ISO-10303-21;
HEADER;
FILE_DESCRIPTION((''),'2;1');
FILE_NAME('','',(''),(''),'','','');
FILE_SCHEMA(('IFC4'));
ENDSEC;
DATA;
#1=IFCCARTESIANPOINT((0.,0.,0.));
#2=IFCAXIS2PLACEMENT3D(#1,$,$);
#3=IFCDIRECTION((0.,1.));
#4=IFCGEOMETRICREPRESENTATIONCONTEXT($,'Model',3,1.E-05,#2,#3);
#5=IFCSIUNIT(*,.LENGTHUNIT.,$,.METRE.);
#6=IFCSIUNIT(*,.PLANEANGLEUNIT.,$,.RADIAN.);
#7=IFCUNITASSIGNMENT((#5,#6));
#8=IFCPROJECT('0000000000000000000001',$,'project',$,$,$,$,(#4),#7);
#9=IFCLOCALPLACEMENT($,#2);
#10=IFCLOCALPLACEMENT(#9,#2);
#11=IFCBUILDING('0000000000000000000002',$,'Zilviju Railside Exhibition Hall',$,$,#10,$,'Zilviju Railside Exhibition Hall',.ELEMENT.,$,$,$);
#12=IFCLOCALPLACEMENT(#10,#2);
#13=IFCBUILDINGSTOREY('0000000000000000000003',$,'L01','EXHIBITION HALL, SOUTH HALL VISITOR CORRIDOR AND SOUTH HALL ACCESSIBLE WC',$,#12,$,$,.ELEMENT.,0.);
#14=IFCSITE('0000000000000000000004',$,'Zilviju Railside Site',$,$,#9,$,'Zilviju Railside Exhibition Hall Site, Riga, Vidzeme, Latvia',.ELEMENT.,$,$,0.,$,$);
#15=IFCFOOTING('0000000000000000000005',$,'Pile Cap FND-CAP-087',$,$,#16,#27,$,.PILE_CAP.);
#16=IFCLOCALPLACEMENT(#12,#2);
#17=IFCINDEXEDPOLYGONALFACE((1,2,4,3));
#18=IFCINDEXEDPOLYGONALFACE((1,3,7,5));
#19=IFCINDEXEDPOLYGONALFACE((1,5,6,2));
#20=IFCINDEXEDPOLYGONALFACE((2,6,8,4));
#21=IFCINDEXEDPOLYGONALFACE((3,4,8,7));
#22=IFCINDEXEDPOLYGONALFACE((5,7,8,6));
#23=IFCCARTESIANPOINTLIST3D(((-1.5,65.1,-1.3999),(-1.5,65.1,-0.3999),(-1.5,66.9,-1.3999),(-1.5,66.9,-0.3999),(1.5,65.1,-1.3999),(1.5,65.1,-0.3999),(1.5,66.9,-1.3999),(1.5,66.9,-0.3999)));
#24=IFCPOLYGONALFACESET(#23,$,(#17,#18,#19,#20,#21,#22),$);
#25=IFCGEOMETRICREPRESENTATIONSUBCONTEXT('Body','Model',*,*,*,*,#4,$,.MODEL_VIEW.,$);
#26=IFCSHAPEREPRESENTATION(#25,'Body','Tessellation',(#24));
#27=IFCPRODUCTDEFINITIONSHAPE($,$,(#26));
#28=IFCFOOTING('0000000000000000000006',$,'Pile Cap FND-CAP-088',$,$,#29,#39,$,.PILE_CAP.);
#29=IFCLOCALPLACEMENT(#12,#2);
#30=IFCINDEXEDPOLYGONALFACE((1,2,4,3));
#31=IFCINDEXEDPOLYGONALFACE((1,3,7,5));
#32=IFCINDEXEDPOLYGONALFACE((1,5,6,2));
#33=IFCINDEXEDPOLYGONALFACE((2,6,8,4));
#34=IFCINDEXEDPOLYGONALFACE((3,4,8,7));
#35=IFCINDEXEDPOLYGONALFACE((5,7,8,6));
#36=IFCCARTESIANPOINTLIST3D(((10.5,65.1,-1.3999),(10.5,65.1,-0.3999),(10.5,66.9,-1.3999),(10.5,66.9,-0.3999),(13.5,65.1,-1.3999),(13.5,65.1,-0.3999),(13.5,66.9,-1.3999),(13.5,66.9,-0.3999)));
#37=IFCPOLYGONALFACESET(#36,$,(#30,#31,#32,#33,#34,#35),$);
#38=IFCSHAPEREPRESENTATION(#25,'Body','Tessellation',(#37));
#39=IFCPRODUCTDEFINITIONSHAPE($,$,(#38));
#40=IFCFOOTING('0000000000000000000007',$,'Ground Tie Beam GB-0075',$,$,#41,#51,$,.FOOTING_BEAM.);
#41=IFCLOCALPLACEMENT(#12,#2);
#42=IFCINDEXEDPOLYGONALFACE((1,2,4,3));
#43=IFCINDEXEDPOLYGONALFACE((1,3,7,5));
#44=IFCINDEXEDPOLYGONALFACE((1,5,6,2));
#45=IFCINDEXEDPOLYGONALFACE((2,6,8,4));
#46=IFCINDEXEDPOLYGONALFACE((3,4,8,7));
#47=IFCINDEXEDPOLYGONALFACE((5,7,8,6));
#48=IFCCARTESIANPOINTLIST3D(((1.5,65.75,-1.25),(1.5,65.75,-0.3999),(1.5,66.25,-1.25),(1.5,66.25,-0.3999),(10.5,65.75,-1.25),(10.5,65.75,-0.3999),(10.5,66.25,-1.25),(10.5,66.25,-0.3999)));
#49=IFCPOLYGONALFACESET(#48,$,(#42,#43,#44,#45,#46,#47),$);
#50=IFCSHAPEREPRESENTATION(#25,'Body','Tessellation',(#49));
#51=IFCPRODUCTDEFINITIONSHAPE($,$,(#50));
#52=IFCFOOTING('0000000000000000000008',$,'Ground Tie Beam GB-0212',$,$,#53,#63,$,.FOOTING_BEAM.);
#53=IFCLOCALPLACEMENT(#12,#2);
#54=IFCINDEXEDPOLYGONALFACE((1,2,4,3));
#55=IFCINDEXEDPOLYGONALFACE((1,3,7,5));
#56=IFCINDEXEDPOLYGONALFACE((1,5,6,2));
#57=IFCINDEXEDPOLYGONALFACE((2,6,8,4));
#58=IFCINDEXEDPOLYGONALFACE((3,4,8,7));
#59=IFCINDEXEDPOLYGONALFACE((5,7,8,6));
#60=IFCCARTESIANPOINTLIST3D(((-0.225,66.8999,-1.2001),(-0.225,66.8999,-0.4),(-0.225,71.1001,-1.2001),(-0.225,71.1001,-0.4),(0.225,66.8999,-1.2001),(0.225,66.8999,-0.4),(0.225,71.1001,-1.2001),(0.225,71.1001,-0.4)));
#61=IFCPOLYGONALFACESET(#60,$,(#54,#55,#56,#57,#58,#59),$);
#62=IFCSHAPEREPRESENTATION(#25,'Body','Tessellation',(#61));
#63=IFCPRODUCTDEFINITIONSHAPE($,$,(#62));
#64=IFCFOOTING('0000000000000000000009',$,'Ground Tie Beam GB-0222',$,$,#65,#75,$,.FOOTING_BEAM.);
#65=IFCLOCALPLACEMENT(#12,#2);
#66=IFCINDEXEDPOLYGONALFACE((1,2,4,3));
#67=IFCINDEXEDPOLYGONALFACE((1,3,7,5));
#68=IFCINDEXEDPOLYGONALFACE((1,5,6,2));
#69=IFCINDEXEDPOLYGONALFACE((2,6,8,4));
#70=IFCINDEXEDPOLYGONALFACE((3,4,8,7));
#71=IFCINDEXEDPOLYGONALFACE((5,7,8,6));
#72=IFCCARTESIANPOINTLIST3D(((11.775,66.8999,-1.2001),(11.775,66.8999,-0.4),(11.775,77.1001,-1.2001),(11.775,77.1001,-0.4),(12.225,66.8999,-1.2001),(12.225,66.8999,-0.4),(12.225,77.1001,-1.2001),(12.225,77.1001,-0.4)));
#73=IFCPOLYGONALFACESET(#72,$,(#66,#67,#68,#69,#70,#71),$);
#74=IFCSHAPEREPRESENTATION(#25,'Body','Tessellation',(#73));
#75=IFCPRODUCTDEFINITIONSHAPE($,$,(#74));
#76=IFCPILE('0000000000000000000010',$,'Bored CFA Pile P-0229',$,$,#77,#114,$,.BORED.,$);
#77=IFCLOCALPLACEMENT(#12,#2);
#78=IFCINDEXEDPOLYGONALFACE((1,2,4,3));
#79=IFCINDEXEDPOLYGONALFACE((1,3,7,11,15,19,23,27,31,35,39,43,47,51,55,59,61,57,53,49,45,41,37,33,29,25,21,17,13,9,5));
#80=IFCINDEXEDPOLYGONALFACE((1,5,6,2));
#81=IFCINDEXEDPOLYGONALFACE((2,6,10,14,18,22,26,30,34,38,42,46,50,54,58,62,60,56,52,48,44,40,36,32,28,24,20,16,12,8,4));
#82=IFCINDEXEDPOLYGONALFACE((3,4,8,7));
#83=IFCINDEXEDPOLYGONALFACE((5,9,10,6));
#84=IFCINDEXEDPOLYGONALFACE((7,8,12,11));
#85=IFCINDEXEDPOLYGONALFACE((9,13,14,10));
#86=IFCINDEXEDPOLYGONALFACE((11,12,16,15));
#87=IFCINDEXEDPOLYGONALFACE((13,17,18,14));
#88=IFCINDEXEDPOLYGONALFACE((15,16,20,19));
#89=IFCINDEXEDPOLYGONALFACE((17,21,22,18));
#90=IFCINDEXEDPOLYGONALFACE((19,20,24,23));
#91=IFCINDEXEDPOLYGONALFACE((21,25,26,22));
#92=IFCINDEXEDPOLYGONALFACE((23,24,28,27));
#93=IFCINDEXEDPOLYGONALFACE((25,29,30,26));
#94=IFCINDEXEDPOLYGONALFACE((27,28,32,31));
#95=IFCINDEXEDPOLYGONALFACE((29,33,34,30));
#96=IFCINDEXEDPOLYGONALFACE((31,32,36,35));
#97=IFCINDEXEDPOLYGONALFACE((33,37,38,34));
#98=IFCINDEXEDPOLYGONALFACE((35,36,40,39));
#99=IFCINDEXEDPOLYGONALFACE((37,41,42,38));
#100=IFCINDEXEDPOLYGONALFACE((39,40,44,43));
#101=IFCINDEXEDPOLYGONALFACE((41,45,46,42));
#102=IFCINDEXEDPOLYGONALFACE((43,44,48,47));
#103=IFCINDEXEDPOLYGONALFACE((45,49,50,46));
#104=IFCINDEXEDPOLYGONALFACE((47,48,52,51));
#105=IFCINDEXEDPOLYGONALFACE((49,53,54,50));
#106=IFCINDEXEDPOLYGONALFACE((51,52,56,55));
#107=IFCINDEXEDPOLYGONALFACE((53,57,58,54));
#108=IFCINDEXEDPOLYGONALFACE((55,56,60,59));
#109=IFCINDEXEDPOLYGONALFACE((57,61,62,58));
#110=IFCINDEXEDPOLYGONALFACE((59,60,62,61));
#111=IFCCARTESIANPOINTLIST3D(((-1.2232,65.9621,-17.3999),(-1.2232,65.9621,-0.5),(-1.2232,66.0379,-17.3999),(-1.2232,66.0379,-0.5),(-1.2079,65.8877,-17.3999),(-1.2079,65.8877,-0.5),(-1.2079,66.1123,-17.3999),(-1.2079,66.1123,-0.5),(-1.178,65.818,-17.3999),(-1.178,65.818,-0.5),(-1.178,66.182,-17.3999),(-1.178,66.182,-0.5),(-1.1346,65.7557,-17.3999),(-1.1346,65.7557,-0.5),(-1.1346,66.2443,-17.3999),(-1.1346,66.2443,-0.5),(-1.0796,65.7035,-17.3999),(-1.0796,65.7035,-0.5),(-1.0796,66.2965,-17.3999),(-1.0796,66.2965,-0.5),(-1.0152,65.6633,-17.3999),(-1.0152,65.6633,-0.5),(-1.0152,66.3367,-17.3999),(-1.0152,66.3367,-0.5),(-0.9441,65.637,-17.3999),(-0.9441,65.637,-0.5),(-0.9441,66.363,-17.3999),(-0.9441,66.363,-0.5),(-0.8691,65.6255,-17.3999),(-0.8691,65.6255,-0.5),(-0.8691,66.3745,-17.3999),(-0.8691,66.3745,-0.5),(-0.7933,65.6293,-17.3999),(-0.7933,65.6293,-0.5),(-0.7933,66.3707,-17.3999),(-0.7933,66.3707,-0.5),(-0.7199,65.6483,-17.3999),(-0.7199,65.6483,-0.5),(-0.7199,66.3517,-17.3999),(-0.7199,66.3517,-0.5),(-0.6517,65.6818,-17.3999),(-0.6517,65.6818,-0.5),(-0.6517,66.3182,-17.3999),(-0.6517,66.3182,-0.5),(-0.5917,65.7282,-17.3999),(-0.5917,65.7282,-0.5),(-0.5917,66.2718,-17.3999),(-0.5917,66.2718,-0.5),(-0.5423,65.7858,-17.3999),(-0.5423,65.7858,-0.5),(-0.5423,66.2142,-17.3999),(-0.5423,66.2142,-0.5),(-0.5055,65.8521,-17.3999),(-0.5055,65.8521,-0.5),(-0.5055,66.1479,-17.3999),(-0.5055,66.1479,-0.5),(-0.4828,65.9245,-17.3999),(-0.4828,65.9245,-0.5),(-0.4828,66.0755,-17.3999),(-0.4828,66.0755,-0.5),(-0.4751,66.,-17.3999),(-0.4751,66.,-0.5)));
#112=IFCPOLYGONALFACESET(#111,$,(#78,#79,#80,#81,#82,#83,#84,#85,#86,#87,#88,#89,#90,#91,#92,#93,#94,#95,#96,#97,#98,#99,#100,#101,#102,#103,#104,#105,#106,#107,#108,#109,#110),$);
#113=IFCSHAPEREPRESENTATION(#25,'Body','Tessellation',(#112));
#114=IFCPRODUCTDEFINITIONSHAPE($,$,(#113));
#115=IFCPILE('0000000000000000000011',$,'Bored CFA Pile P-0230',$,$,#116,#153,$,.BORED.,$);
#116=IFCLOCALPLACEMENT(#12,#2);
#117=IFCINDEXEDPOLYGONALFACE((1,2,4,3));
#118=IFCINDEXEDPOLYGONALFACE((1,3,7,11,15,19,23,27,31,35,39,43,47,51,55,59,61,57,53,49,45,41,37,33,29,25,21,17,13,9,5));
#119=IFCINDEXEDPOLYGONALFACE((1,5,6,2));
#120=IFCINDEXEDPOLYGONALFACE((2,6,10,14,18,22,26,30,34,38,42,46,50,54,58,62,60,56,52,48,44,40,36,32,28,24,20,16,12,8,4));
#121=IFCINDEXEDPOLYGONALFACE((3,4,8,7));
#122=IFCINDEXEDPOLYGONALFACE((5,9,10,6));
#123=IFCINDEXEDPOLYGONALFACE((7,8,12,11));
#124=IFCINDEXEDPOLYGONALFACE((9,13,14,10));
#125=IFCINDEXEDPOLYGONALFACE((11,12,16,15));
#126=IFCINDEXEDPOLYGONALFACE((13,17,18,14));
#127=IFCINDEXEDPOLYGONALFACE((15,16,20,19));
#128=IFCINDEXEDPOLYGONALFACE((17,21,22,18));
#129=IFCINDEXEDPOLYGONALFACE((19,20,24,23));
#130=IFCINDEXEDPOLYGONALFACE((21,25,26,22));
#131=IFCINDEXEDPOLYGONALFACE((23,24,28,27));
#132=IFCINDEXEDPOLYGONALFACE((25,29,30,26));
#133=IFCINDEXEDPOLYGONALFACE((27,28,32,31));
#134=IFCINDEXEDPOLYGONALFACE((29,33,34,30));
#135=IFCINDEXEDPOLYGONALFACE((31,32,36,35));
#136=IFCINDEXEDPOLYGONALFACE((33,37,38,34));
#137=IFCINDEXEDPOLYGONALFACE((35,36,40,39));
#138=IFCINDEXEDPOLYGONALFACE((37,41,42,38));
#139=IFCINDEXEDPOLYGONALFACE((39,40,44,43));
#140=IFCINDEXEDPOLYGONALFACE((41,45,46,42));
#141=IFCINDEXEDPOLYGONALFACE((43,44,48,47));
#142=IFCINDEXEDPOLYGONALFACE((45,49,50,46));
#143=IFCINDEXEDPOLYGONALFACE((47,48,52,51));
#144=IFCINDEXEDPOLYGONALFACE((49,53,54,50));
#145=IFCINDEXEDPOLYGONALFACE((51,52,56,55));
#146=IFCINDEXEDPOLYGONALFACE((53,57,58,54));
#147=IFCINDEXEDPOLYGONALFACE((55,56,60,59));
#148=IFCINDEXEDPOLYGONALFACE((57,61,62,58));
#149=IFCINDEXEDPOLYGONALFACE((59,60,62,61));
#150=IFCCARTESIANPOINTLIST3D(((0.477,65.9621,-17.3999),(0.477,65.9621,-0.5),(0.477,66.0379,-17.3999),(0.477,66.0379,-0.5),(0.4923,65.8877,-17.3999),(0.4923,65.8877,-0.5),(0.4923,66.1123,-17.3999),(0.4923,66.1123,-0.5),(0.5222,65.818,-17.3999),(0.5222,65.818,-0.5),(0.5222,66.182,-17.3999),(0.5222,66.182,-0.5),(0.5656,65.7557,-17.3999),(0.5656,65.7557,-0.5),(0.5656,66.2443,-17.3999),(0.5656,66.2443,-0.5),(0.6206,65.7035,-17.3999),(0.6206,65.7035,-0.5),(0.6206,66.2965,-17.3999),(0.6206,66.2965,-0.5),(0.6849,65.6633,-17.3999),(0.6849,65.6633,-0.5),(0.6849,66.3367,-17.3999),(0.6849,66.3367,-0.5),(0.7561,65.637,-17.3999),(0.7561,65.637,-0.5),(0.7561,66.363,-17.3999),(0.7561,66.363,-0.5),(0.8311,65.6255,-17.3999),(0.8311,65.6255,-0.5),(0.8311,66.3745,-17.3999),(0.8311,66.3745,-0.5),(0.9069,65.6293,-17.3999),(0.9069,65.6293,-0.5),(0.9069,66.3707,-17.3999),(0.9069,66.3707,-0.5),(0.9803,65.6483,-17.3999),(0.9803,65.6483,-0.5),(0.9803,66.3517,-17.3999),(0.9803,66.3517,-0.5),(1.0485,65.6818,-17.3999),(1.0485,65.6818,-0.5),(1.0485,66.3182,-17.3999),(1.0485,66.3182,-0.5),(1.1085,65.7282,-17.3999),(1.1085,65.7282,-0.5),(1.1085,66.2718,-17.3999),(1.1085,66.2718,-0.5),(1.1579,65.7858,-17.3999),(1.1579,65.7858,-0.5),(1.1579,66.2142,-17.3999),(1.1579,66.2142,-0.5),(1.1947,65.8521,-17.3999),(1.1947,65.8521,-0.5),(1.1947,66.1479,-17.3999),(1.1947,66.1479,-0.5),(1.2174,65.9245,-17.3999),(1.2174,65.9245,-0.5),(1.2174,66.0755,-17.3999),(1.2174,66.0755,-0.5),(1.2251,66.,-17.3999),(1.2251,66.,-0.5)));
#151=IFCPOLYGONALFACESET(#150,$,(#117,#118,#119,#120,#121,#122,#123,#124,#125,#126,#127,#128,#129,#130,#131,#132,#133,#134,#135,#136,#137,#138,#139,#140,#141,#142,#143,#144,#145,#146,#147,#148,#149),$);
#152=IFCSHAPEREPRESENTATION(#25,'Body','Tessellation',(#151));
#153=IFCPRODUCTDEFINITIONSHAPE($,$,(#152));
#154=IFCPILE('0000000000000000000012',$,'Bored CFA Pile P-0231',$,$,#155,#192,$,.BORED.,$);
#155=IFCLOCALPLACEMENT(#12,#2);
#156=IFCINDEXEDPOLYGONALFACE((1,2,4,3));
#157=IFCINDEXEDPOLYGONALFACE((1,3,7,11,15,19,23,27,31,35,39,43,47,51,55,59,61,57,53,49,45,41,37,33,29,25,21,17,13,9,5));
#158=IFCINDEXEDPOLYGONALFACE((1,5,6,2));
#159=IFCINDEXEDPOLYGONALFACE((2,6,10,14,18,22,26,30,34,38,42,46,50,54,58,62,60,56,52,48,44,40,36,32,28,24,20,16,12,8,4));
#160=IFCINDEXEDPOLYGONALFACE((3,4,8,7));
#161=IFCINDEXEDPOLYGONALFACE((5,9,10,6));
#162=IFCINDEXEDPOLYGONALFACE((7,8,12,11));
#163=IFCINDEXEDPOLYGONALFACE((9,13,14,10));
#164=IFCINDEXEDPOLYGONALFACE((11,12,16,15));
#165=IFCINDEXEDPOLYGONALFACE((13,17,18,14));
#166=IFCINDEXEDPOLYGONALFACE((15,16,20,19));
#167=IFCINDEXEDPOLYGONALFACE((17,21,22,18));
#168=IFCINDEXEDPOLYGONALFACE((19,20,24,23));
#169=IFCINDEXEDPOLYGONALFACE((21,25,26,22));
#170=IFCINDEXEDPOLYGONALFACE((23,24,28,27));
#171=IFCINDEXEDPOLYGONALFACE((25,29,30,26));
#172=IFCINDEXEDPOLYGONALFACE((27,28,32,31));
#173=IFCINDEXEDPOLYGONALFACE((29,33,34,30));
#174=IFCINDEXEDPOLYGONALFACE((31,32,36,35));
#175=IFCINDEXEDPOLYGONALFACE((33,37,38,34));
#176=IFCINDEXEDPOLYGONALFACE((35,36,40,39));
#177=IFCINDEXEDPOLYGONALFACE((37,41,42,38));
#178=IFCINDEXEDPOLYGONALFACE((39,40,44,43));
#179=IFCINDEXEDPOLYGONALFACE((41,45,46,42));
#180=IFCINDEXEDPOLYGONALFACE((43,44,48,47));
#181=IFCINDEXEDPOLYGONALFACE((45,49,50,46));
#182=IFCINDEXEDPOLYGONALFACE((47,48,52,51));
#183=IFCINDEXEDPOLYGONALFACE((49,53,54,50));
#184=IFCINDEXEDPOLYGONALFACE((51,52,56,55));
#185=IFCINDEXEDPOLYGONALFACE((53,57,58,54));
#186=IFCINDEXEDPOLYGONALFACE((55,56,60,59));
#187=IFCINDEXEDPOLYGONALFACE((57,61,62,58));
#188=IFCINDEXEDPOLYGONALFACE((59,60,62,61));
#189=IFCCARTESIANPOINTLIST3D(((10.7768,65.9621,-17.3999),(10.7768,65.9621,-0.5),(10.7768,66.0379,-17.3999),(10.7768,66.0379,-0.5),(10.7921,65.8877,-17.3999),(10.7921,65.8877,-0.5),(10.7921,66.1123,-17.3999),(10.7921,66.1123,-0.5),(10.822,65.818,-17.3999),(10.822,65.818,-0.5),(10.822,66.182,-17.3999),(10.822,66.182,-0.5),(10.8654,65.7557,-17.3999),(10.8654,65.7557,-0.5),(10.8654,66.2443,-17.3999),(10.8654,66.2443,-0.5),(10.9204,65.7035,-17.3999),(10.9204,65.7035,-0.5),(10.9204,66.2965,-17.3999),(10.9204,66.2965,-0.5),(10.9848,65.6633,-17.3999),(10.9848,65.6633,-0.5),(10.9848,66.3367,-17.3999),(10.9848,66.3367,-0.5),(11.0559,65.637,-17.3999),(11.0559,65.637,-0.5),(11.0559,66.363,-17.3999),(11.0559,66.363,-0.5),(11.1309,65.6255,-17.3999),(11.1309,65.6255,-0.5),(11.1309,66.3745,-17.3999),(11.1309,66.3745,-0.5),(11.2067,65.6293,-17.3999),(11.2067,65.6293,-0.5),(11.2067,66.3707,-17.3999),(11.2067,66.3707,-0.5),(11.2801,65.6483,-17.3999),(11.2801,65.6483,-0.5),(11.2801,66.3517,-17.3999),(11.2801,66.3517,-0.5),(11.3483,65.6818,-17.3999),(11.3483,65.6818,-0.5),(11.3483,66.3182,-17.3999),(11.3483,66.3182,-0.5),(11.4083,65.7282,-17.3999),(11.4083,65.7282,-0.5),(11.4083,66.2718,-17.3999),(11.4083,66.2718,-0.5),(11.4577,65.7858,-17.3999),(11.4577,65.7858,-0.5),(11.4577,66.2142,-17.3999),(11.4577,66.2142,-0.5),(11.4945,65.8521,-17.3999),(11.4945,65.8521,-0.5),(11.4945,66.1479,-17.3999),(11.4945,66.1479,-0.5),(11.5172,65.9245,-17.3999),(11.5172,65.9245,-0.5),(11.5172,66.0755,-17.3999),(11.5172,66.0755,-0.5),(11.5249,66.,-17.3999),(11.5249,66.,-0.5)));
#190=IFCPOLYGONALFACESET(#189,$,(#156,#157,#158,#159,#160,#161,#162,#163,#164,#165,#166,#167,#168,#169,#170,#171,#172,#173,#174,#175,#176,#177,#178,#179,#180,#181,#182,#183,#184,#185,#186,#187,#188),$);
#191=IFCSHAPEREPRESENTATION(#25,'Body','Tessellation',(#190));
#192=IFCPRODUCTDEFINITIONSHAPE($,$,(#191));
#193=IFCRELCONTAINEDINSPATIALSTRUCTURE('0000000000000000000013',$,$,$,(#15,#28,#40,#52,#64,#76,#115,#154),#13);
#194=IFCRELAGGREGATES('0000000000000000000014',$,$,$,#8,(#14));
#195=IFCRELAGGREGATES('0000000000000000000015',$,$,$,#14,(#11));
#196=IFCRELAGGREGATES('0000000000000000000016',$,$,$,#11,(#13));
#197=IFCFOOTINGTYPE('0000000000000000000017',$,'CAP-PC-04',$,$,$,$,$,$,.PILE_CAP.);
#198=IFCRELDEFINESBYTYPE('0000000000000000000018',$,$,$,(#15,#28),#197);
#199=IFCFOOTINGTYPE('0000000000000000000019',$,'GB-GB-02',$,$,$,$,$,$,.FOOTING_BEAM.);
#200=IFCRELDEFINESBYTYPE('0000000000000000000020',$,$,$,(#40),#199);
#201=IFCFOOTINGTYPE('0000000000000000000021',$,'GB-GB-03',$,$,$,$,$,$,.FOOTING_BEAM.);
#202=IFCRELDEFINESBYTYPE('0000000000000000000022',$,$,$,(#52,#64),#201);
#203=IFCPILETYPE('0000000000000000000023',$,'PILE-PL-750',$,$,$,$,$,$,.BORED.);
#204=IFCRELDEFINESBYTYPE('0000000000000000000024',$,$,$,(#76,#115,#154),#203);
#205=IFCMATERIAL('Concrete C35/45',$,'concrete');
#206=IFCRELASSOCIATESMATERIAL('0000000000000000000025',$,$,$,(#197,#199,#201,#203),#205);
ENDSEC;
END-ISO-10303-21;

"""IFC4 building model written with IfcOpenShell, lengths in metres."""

from ifc_helpers import new_model, si_unit, direction, frame, origin, origin_2d, place, context, subcontext, project, spatial, rectangle, circle, extrude, material, material_profile, profile_set, type_object, element, save


model = new_model("IFC4")

# Units and contexts
model_context = context("Model", 3, precision=1e-05, world=origin(), true_north=direction((0.0, 1.0)))
body_context = subcontext(model_context, "Body", "Model", "MODEL_VIEW")
ifc_project = project(units=[si_unit("LENGTHUNIT", "METRE"), si_unit("PLANEANGLEUNIT", "RADIAN")], contexts=[model_context])

# Site, building, storey
site_placement = place(None, origin())
site = spatial("IfcSite", under=ifc_project, at=site_placement, Name="Zilviju Railside Site", LongName="Zilviju Railside Exhibition Hall Site, Riga, Vidzeme, Latvia", CompositionType="ELEMENT", RefElevation=0.0)
building_placement = place(site_placement, origin())
building = spatial("IfcBuilding", under=site, at=building_placement, Name="Zilviju Railside Exhibition Hall", LongName="Zilviju Railside Exhibition Hall", CompositionType="ELEMENT")
storey_placement = place(building_placement, origin())
storey = spatial("IfcBuildingStorey", under=building, at=storey_placement, Name="L01", Description="EXHIBITION HALL, SOUTH HALL VISITOR CORRIDOR AND SOUTH HALL ACCESSIBLE WC", CompositionType="ELEMENT", Elevation=0.0)

# Footings
ifc_material_1 = material(Name="Concrete C35/45", Category="concrete")
footing_type_1 = type_object("IfcFootingType", Name="CAP-PC-04", PredefinedType="PILE_CAP", material=ifc_material_1)
for number, where, z_axis, x_axis, name in (
    (1, (0.0, 66.0, -1.3999), (0.0, 0.0, 1.0), (1.0, 0.0, 0.0), "Pile Cap FND-CAP-087"),
    (2, (12.0, 66.0, -1.3999), (0.0, 0.0, 1.0), (1.0, 0.0, 0.0), "Pile Cap FND-CAP-088"),
):
    element("IfcFooting", number, at=place(storey_placement, frame(where, z_axis=z_axis, x_axis=x_axis)), inside=storey, type_object=footing_type_1, Name=name, PredefinedType="PILE_CAP", context=body_context, shape_type="SweptSolid", body=[
        extrude(rectangle(XDim=3.0, YDim=1.8, at=origin_2d()), origin(), (0.0, 0.0, 1.0), 1.0),
    ])
ifc_material_profile_1 = material_profile(ifc_material_1, rectangle(XDim=0.5, YDim=0.8501, at=origin_2d()), Name="TIE BEAM 500x850")
ifc_profile_set_1 = profile_set([ifc_material_profile_1], Name="Concrete C35/45")
footing_type_2 = type_object("IfcFootingType", Name="GB-GB-02", PredefinedType="FOOTING_BEAM", material=ifc_profile_set_1)
footing_1_placement = place(storey_placement, frame((1.5, 66.0, -0.825), z_axis=(1.0, 0.0, 0.0), x_axis=(0.0, 1.0, 0.0)))
element("IfcFooting", 3, at=footing_1_placement, inside=storey, type_object=footing_type_2, Name="Ground Tie Beam GB-0075", PredefinedType="FOOTING_BEAM", context=body_context, shape_type="SweptSolid", body=[
    extrude(rectangle(XDim=0.5, YDim=0.8501, at=origin_2d()), origin(), (0.0, 0.0, 1.0), 9.0),
])
ifc_material_profile_2 = material_profile(ifc_material_1, rectangle(XDim=0.45, YDim=0.8, at=origin_2d()), Name="TIE BEAM 450x800")
ifc_profile_set_2 = profile_set([ifc_material_profile_2], Name="Concrete C35/45")
footing_type_3 = type_object("IfcFootingType", Name="GB-GB-03", PredefinedType="FOOTING_BEAM", material=ifc_profile_set_2)
footing_2_placement = place(storey_placement, frame((0.0, 66.8999, -0.8), z_axis=(0.0, 1.0, 0.0), x_axis=(-1.0, 0.0, 0.0)))
element("IfcFooting", 4, at=footing_2_placement, inside=storey, type_object=footing_type_3, Name="Ground Tie Beam GB-0212", PredefinedType="FOOTING_BEAM", context=body_context, shape_type="SweptSolid", body=[
    extrude(rectangle(XDim=0.45, YDim=0.8, at=origin_2d()), origin(), (0.0, 0.0, 1.0), 4.2002),
])
footing_3_placement = place(storey_placement, frame((12.0, 66.8999, -0.8), z_axis=(0.0, 1.0, 0.0), x_axis=(-1.0, 0.0, 0.0)))
element("IfcFooting", 5, at=footing_3_placement, inside=storey, type_object=footing_type_3, Name="Ground Tie Beam GB-0222", PredefinedType="FOOTING_BEAM", context=body_context, shape_type="SweptSolid", body=[
    extrude(rectangle(XDim=0.45, YDim=0.8, at=origin_2d()), origin(), (0.0, 0.0, 1.0), 10.2002),
])

# Piles
ifc_material_profile_3 = material_profile(ifc_material_1, circle(Radius=0.375, at=origin_2d()), Name="CFA PILE D750")
ifc_profile_set_3 = profile_set([ifc_material_profile_3], Name="Concrete C35/45")
pile_type = type_object("IfcPileType", Name="PILE-PL-750", PredefinedType="BORED", material=ifc_profile_set_3)
for number, where, z_axis, x_axis, name in (
    (6, (-0.8501, 66.0, -0.5), (0.0, 0.0, -1.0), (1.0, 0.0, 0.0), "Bored CFA Pile P-0229"),
    (7, (0.8501, 66.0, -0.5), (0.0, 0.0, -1.0), (1.0, 0.0, 0.0), "Bored CFA Pile P-0230"),
    (8, (11.1499, 66.0, -0.5), (0.0, 0.0, -1.0), (1.0, 0.0, 0.0), "Bored CFA Pile P-0231"),
):
    element("IfcPile", number, at=place(storey_placement, frame(where, z_axis=z_axis, x_axis=x_axis)), inside=storey, type_object=pile_type, Name=name, PredefinedType="BORED", context=body_context, shape_type="SweptSolid", body=[
        extrude(circle(Radius=0.375, at=origin_2d()), origin(), (0.0, 0.0, 1.0), 16.8999),
    ])

save(model, "model.ifc")
